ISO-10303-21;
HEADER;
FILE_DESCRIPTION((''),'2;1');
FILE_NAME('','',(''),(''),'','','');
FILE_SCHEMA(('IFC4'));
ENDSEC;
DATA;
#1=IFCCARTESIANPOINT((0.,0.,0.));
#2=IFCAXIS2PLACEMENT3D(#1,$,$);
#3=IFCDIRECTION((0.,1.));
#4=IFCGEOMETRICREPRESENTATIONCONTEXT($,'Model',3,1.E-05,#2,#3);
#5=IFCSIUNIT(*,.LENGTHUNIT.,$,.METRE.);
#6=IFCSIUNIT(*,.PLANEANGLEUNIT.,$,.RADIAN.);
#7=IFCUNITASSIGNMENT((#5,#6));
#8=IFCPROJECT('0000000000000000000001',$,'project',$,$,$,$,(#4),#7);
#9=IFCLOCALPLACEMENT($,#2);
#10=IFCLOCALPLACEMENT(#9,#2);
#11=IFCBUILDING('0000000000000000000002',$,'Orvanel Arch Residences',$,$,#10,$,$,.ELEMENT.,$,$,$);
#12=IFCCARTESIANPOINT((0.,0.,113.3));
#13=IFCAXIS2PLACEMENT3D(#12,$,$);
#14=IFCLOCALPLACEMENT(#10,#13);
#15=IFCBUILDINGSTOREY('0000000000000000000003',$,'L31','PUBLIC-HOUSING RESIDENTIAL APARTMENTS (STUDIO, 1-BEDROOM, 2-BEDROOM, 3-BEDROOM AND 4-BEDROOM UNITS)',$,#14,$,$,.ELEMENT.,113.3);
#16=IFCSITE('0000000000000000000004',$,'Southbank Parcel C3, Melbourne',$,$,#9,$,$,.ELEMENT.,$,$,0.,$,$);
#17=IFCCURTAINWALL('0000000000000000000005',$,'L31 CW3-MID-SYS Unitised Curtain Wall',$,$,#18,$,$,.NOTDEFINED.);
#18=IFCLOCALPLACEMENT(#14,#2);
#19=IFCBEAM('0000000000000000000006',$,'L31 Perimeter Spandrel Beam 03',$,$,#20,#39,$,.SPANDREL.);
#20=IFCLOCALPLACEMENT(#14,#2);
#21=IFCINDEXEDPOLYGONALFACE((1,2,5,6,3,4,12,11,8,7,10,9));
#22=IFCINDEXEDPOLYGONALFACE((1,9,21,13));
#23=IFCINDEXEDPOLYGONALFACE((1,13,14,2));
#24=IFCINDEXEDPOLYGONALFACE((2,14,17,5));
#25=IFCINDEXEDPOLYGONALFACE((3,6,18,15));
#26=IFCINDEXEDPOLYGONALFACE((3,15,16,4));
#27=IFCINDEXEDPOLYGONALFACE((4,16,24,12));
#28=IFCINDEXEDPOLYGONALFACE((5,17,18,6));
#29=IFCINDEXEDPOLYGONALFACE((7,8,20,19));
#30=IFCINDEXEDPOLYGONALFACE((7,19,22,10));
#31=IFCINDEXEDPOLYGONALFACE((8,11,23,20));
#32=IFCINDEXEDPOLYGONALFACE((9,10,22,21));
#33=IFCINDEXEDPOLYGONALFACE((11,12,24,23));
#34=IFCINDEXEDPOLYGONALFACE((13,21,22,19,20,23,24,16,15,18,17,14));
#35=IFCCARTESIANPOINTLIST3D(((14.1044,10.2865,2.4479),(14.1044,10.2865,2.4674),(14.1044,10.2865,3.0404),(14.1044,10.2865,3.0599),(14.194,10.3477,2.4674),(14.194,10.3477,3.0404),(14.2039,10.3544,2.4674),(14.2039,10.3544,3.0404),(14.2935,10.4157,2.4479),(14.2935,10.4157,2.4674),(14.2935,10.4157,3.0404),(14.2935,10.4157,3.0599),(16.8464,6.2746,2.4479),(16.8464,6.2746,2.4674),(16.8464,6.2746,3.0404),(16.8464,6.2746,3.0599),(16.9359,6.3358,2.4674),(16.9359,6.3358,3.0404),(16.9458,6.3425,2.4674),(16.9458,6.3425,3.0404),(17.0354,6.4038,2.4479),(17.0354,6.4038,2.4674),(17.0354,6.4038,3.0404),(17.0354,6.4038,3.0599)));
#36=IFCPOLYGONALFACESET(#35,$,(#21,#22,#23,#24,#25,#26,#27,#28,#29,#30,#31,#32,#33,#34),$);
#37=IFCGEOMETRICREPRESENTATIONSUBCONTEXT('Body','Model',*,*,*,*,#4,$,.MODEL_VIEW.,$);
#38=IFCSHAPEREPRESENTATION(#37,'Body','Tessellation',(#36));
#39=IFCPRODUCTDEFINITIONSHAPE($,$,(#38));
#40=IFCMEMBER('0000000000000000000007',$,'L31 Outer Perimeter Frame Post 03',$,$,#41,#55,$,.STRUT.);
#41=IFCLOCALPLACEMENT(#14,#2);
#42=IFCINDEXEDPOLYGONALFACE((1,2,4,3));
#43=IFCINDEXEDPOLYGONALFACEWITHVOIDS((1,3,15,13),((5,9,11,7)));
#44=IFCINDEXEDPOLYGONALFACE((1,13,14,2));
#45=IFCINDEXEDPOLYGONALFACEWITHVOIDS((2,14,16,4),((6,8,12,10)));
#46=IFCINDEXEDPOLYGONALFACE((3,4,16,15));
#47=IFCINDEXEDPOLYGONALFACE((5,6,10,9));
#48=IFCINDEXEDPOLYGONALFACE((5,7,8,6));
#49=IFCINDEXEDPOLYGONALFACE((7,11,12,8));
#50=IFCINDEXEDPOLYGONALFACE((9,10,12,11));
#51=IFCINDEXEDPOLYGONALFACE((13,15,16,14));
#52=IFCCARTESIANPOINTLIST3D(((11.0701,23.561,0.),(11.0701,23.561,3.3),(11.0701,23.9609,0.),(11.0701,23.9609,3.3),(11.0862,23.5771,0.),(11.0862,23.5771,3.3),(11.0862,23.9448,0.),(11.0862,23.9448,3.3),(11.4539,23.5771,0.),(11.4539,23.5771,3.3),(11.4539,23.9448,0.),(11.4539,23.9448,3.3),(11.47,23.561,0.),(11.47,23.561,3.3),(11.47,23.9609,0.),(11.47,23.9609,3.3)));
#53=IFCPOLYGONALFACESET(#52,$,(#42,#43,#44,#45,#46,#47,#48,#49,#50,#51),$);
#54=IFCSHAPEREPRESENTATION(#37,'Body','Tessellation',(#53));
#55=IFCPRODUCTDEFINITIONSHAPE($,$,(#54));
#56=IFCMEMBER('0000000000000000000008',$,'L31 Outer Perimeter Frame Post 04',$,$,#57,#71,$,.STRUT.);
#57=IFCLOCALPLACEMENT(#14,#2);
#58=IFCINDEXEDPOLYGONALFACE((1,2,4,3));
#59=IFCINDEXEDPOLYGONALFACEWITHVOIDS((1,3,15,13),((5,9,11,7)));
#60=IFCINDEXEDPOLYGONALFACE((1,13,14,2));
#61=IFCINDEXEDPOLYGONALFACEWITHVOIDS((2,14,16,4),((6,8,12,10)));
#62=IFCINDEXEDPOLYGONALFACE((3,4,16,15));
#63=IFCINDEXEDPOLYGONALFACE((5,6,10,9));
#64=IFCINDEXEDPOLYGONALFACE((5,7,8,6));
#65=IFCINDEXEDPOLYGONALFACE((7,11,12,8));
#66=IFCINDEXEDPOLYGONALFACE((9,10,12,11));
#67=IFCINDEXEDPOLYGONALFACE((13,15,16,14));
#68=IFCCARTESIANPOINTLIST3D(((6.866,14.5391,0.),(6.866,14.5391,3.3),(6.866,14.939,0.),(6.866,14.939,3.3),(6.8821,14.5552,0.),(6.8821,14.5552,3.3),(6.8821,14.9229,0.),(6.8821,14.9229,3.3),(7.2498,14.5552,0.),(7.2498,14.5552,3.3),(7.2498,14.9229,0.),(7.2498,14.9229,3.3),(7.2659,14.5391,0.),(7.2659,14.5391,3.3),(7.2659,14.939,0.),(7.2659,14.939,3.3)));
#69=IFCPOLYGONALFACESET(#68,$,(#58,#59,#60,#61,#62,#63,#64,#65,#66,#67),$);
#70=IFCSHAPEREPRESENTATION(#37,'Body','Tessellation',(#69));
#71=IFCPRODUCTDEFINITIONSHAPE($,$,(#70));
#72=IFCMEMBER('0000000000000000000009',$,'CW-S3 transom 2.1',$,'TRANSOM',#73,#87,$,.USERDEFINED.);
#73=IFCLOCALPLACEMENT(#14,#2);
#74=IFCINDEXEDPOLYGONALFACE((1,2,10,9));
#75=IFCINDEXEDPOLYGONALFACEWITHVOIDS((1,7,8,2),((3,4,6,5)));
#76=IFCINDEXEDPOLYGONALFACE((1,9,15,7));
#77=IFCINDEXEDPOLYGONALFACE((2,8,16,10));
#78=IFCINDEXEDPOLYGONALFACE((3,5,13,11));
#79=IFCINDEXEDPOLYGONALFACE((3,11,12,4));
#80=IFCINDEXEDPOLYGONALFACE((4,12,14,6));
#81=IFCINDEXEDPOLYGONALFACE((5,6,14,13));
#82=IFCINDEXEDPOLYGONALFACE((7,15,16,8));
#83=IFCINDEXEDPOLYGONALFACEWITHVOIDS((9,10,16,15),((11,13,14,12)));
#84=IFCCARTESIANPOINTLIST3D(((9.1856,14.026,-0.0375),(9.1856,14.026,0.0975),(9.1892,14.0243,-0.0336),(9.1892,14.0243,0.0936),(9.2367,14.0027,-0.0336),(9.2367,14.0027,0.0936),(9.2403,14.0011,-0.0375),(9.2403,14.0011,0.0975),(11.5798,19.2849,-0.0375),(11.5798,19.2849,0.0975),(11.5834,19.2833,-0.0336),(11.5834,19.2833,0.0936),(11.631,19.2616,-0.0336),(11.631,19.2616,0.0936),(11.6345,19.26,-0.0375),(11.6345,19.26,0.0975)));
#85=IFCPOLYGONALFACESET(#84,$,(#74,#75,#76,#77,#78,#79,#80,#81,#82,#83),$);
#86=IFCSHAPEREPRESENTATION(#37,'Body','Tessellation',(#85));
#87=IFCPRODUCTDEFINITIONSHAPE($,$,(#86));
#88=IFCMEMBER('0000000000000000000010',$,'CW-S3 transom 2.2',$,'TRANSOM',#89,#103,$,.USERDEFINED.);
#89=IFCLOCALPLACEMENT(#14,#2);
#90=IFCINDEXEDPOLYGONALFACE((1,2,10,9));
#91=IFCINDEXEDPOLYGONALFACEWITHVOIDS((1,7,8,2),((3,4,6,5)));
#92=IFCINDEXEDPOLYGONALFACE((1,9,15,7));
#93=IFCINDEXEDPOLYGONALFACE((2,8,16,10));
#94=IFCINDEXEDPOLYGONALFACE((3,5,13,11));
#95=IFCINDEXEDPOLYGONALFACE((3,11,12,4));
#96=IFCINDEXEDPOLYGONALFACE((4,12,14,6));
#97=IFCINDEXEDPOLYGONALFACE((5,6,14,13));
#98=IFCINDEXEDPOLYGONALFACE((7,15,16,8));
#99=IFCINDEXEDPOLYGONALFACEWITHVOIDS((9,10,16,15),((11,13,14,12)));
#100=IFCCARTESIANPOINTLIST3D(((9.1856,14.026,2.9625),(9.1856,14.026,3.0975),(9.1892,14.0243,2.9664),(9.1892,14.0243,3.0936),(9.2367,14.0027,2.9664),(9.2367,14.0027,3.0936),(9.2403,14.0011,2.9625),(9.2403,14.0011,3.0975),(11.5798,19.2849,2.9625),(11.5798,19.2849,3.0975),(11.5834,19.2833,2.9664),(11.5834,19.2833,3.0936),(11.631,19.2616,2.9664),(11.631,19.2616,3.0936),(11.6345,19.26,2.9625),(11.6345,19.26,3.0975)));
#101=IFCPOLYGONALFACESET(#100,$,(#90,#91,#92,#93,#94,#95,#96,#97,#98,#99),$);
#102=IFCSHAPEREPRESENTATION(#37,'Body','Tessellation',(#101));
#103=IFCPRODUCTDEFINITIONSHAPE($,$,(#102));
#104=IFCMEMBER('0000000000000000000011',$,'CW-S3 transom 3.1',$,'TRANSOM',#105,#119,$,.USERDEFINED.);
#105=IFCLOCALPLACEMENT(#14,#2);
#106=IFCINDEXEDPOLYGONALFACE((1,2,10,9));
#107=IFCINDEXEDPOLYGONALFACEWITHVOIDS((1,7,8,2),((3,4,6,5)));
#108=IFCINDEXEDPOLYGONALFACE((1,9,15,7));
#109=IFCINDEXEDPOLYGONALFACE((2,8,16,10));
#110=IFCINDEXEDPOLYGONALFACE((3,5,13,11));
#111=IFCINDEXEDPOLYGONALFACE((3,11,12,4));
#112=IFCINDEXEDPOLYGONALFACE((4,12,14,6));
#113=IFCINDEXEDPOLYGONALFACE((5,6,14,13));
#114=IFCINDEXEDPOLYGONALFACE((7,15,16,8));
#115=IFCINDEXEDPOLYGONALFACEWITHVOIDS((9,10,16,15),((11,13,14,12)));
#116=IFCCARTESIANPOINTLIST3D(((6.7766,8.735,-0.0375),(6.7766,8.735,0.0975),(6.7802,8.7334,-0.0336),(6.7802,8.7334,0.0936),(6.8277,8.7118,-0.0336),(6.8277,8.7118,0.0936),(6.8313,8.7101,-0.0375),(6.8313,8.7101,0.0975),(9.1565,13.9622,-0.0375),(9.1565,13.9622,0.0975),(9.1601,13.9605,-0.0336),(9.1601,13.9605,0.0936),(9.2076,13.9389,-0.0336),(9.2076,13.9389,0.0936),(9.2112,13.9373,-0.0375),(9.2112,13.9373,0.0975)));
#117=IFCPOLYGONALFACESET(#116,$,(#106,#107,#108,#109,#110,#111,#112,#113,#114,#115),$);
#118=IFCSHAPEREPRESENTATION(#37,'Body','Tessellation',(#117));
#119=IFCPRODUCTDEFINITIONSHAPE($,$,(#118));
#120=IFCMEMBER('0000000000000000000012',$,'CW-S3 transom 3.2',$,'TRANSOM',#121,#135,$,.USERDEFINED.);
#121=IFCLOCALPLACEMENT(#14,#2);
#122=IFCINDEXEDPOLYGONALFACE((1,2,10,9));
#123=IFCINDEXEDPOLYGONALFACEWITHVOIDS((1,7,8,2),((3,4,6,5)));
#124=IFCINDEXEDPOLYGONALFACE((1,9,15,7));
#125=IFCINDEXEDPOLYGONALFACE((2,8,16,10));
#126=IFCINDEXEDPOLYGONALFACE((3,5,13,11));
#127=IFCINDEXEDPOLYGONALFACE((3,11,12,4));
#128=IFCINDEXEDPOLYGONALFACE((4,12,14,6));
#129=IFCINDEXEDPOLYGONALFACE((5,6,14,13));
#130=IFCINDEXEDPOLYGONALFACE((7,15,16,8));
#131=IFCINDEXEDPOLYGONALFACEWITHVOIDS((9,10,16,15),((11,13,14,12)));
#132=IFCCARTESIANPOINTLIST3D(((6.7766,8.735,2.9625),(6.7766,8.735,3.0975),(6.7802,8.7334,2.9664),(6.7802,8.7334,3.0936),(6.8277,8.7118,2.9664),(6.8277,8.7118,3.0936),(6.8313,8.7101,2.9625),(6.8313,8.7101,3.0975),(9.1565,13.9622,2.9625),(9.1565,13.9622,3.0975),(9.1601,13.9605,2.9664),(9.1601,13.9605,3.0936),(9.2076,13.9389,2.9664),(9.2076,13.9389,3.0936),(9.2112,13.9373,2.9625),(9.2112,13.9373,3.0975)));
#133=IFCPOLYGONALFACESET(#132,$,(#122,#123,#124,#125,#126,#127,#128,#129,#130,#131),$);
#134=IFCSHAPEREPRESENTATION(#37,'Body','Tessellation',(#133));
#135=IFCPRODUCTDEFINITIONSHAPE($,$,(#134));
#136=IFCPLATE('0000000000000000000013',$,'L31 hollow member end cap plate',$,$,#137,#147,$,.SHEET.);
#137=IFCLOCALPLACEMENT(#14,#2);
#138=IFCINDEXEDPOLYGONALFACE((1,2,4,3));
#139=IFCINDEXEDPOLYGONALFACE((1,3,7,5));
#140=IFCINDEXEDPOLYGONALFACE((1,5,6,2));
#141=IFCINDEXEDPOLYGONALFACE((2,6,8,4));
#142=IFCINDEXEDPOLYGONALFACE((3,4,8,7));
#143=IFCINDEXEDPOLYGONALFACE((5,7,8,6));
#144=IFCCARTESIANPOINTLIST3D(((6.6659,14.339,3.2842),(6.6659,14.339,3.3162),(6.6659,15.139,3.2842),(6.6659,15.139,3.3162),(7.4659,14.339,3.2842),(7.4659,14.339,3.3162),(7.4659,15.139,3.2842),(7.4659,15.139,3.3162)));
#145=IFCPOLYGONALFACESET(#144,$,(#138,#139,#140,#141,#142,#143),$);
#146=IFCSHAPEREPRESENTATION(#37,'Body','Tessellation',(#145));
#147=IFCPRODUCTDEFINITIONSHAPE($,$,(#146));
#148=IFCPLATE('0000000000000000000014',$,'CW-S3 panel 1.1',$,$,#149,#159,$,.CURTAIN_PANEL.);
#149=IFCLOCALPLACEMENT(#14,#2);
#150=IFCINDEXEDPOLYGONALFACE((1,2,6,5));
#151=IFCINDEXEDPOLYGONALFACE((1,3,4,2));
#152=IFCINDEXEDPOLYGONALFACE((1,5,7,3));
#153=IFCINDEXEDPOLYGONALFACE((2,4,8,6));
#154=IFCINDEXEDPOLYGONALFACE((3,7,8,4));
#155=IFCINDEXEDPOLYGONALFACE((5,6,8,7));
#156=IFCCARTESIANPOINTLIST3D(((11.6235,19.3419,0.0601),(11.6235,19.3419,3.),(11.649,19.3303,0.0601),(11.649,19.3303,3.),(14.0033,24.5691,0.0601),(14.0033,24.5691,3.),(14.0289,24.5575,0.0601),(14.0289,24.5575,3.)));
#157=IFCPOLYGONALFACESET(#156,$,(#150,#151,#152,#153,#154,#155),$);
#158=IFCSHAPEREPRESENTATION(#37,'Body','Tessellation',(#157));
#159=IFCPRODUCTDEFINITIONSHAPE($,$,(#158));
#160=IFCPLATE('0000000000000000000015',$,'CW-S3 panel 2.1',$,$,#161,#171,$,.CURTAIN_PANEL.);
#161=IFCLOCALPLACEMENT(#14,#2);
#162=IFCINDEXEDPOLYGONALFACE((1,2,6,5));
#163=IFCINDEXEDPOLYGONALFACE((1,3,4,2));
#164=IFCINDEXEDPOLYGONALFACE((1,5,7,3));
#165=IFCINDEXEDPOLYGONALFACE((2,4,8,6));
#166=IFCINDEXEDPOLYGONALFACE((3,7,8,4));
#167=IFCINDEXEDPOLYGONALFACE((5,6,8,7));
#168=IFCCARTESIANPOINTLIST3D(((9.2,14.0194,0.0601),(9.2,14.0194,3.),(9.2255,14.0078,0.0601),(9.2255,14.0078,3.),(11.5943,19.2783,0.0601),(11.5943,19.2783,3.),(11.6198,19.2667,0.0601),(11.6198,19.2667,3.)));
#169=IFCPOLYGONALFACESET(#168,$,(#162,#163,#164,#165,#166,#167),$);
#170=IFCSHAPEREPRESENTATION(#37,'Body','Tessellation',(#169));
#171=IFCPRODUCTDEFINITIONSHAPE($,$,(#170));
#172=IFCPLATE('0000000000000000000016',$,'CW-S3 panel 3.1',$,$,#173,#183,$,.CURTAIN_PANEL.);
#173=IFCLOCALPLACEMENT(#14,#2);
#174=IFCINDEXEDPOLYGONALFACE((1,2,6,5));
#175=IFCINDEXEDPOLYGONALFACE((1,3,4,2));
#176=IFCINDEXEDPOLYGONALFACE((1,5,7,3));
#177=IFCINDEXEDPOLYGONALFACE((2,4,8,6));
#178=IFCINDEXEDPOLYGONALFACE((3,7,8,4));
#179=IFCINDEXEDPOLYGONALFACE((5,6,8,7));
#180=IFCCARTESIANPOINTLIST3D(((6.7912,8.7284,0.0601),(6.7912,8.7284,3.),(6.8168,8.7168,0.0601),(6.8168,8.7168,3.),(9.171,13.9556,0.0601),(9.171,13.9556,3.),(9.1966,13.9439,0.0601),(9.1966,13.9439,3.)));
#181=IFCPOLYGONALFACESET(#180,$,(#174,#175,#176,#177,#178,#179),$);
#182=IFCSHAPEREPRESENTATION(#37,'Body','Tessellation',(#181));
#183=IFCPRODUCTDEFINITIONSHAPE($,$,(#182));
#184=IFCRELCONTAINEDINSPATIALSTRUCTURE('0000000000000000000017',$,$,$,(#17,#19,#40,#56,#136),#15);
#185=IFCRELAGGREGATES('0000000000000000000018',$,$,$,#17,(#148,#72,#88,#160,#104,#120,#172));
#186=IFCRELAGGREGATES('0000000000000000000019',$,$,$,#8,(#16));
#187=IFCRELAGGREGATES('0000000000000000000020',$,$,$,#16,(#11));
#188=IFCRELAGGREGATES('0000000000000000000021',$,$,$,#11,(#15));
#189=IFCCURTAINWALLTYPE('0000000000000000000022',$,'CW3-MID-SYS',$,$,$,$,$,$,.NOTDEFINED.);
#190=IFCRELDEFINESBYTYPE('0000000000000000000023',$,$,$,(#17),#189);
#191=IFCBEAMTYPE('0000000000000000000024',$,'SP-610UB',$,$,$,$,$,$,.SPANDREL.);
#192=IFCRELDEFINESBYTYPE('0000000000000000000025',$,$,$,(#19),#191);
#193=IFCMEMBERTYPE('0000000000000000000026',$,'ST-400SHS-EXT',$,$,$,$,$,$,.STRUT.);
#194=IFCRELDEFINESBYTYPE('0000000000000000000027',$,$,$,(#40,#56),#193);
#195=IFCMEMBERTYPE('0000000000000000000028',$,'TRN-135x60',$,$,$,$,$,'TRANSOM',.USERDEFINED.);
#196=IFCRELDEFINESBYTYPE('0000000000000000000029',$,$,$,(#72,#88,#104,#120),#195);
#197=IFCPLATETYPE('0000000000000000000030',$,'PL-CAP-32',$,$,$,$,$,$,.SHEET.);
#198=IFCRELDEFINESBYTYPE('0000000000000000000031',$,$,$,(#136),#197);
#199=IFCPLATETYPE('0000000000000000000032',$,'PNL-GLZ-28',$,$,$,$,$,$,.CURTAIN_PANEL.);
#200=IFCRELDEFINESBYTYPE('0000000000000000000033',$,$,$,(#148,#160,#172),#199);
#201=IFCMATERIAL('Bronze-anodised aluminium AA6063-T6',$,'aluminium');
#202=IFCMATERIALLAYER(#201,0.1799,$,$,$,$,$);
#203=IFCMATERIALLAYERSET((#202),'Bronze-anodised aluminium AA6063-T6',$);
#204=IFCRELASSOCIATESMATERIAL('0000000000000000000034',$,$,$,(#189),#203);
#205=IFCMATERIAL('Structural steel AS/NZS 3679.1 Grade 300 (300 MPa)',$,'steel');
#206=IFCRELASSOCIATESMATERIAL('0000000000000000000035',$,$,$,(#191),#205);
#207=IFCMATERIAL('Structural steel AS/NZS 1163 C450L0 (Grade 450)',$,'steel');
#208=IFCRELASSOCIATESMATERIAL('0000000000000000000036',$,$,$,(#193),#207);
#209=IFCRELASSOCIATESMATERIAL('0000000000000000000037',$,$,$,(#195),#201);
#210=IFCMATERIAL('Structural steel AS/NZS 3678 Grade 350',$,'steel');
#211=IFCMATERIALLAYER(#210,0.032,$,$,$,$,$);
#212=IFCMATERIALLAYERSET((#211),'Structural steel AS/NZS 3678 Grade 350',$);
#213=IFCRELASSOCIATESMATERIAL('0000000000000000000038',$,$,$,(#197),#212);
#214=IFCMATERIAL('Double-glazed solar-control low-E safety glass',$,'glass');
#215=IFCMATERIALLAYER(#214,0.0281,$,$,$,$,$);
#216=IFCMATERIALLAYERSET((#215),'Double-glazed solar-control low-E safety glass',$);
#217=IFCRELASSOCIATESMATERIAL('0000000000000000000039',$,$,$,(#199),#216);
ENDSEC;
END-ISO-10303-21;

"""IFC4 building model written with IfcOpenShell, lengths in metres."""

from ifc_helpers import new_model, si_unit, direction, frame, origin, origin_2d, place, context, subcontext, project, spatial, rectangle, hollow_rectangle, i_section, extrude, material, layer, layer_set, material_profile, profile_set, type_object, element, aggregate, save


model = new_model("IFC4")

# Units and contexts
model_context = context("Model", 3, precision=1e-05, world=origin(), true_north=direction((0.0, 1.0)))
body_context = subcontext(model_context, "Body", "Model", "MODEL_VIEW")
ifc_project = project(units=[si_unit("LENGTHUNIT", "METRE"), si_unit("PLANEANGLEUNIT", "RADIAN")], contexts=[model_context])

# Site, building, storey
site_placement = place(None, origin())
site = spatial("IfcSite", under=ifc_project, at=site_placement, Name="Southbank Parcel C3, Melbourne", CompositionType="ELEMENT", RefElevation=0.0)
building_placement = place(site_placement, origin())
building = spatial("IfcBuilding", under=site, at=building_placement, Name="Orvanel Arch Residences", CompositionType="ELEMENT")
storey_placement = place(building_placement, frame((0.0, 0.0, 113.3)))
storey = spatial("IfcBuildingStorey", under=building, at=storey_placement, Name="L31", Description="PUBLIC-HOUSING RESIDENTIAL APARTMENTS (STUDIO, 1-BEDROOM, 2-BEDROOM, 3-BEDROOM AND 4-BEDROOM UNITS)", CompositionType="ELEMENT", Elevation=113.3)

# Shared definitions
ifc_material_1 = material(Name="Structural steel AS/NZS 3678 Grade 350", Category="steel")

# Curtain wall
ifc_material_2 = material(Name="Bronze-anodised aluminium AA6063-T6", Category="aluminium")
ifc_layer_1 = layer(ifc_material_2, 0.1799)
ifc_layer_set_1 = layer_set([ifc_layer_1], Name="Bronze-anodised aluminium AA6063-T6")
curtain_wall_type = type_object("IfcCurtainWallType", Name="CW3-MID-SYS", PredefinedType="NOTDEFINED", material=ifc_layer_set_1)
curtain_wall_placement = place(storey_placement, origin())
curtain_wall = element("IfcCurtainWall", 1, at=curtain_wall_placement, inside=storey, type_object=curtain_wall_type, Name="L31 CW3-MID-SYS Unitised Curtain Wall", PredefinedType="NOTDEFINED")

# Beam
ifc_material_3 = material(Name="Structural steel AS/NZS 3679.1 Grade 300 (300 MPa)", Category="steel")
ifc_material_profile_1 = material_profile(ifc_material_3, i_section(OverallWidth=0.229, OverallDepth=0.6121, WebThickness=0.012, FlangeThickness=0.0195, at=origin_2d()), Name="610UB125")
ifc_profile_set_1 = profile_set([ifc_material_profile_1], Name="Structural steel AS/NZS 3679.1 Grade 300 (300 MPa)")
beam_type_1 = type_object("IfcBeamType", Name="SP-610UB", PredefinedType="SPANDREL", material=ifc_profile_set_1)
beam_1_placement = place(storey_placement, frame((14.199, 10.3511, 2.7539), z_axis=(0.564252, -0.825603, 0.0), x_axis=(0.825603, 0.564252, 0.0)))
element("IfcBeam", 2, at=beam_1_placement, inside=storey, type_object=beam_type_1, Name="L31 Perimeter Spandrel Beam 03", PredefinedType="SPANDREL", context=body_context, shape_type="SweptSolid", body=[
    extrude(i_section(OverallWidth=0.229, OverallDepth=0.6121, WebThickness=0.012, FlangeThickness=0.0195, at=origin_2d()), origin(), (0.0, 0.0, 1.0), 4.8594),
])

# Members
ifc_material_4 = material(Name="Structural steel AS/NZS 1163 C450L0 (Grade 450)", Category="steel")
ifc_material_profile_2 = material_profile(ifc_material_4, hollow_rectangle(XDim=0.3999, YDim=0.3999, WallThickness=0.0161, at=origin_2d()), Name="SHS400x400x16")
ifc_profile_set_2 = profile_set([ifc_material_profile_2], Name="Structural steel AS/NZS 1163 C450L0 (Grade 450)")
member_type_1 = type_object("IfcMemberType", Name="ST-400SHS-EXT", PredefinedType="STRUT", material=ifc_profile_set_2)
for number, where, z_axis, x_axis, name in (
    (3, (11.27, 23.761, 0.0), (0.0, 0.0, 1.0), (1.0, 0.0, 0.0), "L31 Outer Perimeter Frame Post 03"),
    (4, (7.0659, 14.739, 0.0), (0.0, 0.0, 1.0), (1.0, 0.0, 0.0), "L31 Outer Perimeter Frame Post 04"),
):
    element("IfcMember", number, at=place(storey_placement, frame(where, z_axis=z_axis, x_axis=x_axis)), inside=storey, type_object=member_type_1, Name=name, PredefinedType="STRUT", context=body_context, shape_type="SweptSolid", body=[
        extrude(hollow_rectangle(XDim=0.3999, YDim=0.3999, WallThickness=0.0161, at=origin_2d()), origin(), (0.0, 0.0, 1.0), 3.3),
    ])

# Members
ifc_material_profile_3 = material_profile(ifc_material_2, hollow_rectangle(XDim=0.0601, YDim=0.135, WallThickness=0.0039, at=origin_2d()), Name="ALU135x60x4")
ifc_profile_set_3 = profile_set([ifc_material_profile_3], Name="Bronze-anodised aluminium AA6063-T6")
member_type_2 = type_object("IfcMemberType", Name="TRN-135x60", ElementType="TRANSOM", PredefinedType="USERDEFINED", material=ifc_profile_set_3)
member_1_placement = place(storey_placement, frame((11.6072, 19.2725, 0.03), z_axis=(-0.41435, -0.910117, 0.0), x_axis=(0.910117, -0.41435, 0.0)))
member_1 = element("IfcMember", 5, at=member_1_placement, type_object=member_type_2, Name="CW-S3 transom 2.1", ObjectType="TRANSOM", PredefinedType="USERDEFINED", context=body_context, shape_type="SweptSolid", body=[
    extrude(hollow_rectangle(XDim=0.0601, YDim=0.135, WallThickness=0.0039, at=origin_2d()), origin(), (0.0, 0.0, 1.0), 5.7783),
])
member_2_placement = place(storey_placement, frame((11.6072, 19.2725, 3.03), z_axis=(-0.41435, -0.910117, 0.0), x_axis=(0.910117, -0.41435, 0.0)))
member_2 = element("IfcMember", 6, at=member_2_placement, type_object=member_type_2, Name="CW-S3 transom 2.2", ObjectType="TRANSOM", PredefinedType="USERDEFINED", context=body_context, shape_type="SweptSolid", body=[
    extrude(hollow_rectangle(XDim=0.0601, YDim=0.135, WallThickness=0.0039, at=origin_2d()), origin(), (0.0, 0.0, 1.0), 5.7783),
])
member_3_placement = place(storey_placement, frame((9.1838, 13.9497, 0.03), z_axis=(-0.414373, -0.910107, 0.0), x_axis=(0.910107, -0.414373, 0.0)))
member_3 = element("IfcMember", 7, at=member_3_placement, type_object=member_type_2, Name="CW-S3 transom 3.1", ObjectType="TRANSOM", PredefinedType="USERDEFINED", context=body_context, shape_type="SweptSolid", body=[
    extrude(hollow_rectangle(XDim=0.0601, YDim=0.135, WallThickness=0.0039, at=origin_2d()), origin(), (0.0, 0.0, 1.0), 5.7434),
])
member_4_placement = place(storey_placement, frame((9.1838, 13.9497, 3.03), z_axis=(-0.414373, -0.910107, 0.0), x_axis=(0.910107, -0.414373, 0.0)))
member_4 = element("IfcMember", 8, at=member_4_placement, type_object=member_type_2, Name="CW-S3 transom 3.2", ObjectType="TRANSOM", PredefinedType="USERDEFINED", context=body_context, shape_type="SweptSolid", body=[
    extrude(hollow_rectangle(XDim=0.0601, YDim=0.135, WallThickness=0.0039, at=origin_2d()), origin(), (0.0, 0.0, 1.0), 5.7434),
])

# Plates
ifc_layer_2 = layer(ifc_material_1, 0.032)
ifc_layer_set_2 = layer_set([ifc_layer_2], Name="Structural steel AS/NZS 3678 Grade 350")
plate_type_1 = type_object("IfcPlateType", Name="PL-CAP-32", PredefinedType="SHEET", material=ifc_layer_set_2)
plate_1_placement = place(storey_placement, frame((7.0659, 14.739, 3.2842), z_axis=(0.0, 0.0, 1.0), x_axis=(1.0, 0.0, 0.0)))
element("IfcPlate", 9, at=plate_1_placement, inside=storey, type_object=plate_type_1, Name="L31 hollow member end cap plate", PredefinedType="SHEET", context=body_context, shape_type="SweptSolid", body=[
    extrude(rectangle(XDim=0.8, YDim=0.8, at=origin_2d()), origin(), (0.0, 0.0, 1.0), 0.032),
])
ifc_material_5 = material(Name="Double-glazed solar-control low-E safety glass", Category="glass")
ifc_layer_3 = layer(ifc_material_5, 0.0281)
ifc_layer_set_3 = layer_set([ifc_layer_3], Name="Double-glazed solar-control low-E safety glass")
plate_type_2 = type_object("IfcPlateType", Name="PNL-GLZ-28", PredefinedType="CURTAIN_PANEL", material=ifc_layer_set_3)
plate_2_placement = place(storey_placement, frame((12.8262, 21.9497, 0.0601), z_axis=(0.0, 0.0, 1.0), x_axis=(-0.414361, -0.910113, 0.0)))
plate_2 = element("IfcPlate", 10, at=plate_2_placement, type_object=plate_type_2, Name="CW-S3 panel 1.1", PredefinedType="CURTAIN_PANEL", context=body_context, shape_type="SweptSolid", body=[
    extrude(rectangle(XDim=5.7434, YDim=0.0281, at=origin_2d()), origin(), (0.0, 0.0, 1.0), 2.9399),
])
plate_3_placement = place(storey_placement, frame((10.4099, 16.6431, 0.0601), z_axis=(0.0, 0.0, 1.0), x_axis=(-0.414361, -0.910113, 0.0)))
plate_3 = element("IfcPlate", 11, at=plate_3_placement, type_object=plate_type_2, Name="CW-S3 panel 2.1", PredefinedType="CURTAIN_PANEL", context=body_context, shape_type="SweptSolid", body=[
    extrude(rectangle(XDim=5.7783, YDim=0.0281, at=origin_2d()), origin(), (0.0, 0.0, 1.0), 2.9399),
])
plate_4_placement = place(storey_placement, frame((7.9939, 11.3362, 0.0601), z_axis=(0.0, 0.0, 1.0), x_axis=(-0.414361, -0.910113, 0.0)))
plate_4 = element("IfcPlate", 12, at=plate_4_placement, type_object=plate_type_2, Name="CW-S3 panel 3.1", PredefinedType="CURTAIN_PANEL", context=body_context, shape_type="SweptSolid", body=[
    extrude(rectangle(XDim=5.7434, YDim=0.0281, at=origin_2d()), origin(), (0.0, 0.0, 1.0), 2.9399),
])
aggregate(curtain_wall, [plate_2, member_1, member_2, plate_3, member_3, member_4, plate_4])

save(model, "model.ifc")
